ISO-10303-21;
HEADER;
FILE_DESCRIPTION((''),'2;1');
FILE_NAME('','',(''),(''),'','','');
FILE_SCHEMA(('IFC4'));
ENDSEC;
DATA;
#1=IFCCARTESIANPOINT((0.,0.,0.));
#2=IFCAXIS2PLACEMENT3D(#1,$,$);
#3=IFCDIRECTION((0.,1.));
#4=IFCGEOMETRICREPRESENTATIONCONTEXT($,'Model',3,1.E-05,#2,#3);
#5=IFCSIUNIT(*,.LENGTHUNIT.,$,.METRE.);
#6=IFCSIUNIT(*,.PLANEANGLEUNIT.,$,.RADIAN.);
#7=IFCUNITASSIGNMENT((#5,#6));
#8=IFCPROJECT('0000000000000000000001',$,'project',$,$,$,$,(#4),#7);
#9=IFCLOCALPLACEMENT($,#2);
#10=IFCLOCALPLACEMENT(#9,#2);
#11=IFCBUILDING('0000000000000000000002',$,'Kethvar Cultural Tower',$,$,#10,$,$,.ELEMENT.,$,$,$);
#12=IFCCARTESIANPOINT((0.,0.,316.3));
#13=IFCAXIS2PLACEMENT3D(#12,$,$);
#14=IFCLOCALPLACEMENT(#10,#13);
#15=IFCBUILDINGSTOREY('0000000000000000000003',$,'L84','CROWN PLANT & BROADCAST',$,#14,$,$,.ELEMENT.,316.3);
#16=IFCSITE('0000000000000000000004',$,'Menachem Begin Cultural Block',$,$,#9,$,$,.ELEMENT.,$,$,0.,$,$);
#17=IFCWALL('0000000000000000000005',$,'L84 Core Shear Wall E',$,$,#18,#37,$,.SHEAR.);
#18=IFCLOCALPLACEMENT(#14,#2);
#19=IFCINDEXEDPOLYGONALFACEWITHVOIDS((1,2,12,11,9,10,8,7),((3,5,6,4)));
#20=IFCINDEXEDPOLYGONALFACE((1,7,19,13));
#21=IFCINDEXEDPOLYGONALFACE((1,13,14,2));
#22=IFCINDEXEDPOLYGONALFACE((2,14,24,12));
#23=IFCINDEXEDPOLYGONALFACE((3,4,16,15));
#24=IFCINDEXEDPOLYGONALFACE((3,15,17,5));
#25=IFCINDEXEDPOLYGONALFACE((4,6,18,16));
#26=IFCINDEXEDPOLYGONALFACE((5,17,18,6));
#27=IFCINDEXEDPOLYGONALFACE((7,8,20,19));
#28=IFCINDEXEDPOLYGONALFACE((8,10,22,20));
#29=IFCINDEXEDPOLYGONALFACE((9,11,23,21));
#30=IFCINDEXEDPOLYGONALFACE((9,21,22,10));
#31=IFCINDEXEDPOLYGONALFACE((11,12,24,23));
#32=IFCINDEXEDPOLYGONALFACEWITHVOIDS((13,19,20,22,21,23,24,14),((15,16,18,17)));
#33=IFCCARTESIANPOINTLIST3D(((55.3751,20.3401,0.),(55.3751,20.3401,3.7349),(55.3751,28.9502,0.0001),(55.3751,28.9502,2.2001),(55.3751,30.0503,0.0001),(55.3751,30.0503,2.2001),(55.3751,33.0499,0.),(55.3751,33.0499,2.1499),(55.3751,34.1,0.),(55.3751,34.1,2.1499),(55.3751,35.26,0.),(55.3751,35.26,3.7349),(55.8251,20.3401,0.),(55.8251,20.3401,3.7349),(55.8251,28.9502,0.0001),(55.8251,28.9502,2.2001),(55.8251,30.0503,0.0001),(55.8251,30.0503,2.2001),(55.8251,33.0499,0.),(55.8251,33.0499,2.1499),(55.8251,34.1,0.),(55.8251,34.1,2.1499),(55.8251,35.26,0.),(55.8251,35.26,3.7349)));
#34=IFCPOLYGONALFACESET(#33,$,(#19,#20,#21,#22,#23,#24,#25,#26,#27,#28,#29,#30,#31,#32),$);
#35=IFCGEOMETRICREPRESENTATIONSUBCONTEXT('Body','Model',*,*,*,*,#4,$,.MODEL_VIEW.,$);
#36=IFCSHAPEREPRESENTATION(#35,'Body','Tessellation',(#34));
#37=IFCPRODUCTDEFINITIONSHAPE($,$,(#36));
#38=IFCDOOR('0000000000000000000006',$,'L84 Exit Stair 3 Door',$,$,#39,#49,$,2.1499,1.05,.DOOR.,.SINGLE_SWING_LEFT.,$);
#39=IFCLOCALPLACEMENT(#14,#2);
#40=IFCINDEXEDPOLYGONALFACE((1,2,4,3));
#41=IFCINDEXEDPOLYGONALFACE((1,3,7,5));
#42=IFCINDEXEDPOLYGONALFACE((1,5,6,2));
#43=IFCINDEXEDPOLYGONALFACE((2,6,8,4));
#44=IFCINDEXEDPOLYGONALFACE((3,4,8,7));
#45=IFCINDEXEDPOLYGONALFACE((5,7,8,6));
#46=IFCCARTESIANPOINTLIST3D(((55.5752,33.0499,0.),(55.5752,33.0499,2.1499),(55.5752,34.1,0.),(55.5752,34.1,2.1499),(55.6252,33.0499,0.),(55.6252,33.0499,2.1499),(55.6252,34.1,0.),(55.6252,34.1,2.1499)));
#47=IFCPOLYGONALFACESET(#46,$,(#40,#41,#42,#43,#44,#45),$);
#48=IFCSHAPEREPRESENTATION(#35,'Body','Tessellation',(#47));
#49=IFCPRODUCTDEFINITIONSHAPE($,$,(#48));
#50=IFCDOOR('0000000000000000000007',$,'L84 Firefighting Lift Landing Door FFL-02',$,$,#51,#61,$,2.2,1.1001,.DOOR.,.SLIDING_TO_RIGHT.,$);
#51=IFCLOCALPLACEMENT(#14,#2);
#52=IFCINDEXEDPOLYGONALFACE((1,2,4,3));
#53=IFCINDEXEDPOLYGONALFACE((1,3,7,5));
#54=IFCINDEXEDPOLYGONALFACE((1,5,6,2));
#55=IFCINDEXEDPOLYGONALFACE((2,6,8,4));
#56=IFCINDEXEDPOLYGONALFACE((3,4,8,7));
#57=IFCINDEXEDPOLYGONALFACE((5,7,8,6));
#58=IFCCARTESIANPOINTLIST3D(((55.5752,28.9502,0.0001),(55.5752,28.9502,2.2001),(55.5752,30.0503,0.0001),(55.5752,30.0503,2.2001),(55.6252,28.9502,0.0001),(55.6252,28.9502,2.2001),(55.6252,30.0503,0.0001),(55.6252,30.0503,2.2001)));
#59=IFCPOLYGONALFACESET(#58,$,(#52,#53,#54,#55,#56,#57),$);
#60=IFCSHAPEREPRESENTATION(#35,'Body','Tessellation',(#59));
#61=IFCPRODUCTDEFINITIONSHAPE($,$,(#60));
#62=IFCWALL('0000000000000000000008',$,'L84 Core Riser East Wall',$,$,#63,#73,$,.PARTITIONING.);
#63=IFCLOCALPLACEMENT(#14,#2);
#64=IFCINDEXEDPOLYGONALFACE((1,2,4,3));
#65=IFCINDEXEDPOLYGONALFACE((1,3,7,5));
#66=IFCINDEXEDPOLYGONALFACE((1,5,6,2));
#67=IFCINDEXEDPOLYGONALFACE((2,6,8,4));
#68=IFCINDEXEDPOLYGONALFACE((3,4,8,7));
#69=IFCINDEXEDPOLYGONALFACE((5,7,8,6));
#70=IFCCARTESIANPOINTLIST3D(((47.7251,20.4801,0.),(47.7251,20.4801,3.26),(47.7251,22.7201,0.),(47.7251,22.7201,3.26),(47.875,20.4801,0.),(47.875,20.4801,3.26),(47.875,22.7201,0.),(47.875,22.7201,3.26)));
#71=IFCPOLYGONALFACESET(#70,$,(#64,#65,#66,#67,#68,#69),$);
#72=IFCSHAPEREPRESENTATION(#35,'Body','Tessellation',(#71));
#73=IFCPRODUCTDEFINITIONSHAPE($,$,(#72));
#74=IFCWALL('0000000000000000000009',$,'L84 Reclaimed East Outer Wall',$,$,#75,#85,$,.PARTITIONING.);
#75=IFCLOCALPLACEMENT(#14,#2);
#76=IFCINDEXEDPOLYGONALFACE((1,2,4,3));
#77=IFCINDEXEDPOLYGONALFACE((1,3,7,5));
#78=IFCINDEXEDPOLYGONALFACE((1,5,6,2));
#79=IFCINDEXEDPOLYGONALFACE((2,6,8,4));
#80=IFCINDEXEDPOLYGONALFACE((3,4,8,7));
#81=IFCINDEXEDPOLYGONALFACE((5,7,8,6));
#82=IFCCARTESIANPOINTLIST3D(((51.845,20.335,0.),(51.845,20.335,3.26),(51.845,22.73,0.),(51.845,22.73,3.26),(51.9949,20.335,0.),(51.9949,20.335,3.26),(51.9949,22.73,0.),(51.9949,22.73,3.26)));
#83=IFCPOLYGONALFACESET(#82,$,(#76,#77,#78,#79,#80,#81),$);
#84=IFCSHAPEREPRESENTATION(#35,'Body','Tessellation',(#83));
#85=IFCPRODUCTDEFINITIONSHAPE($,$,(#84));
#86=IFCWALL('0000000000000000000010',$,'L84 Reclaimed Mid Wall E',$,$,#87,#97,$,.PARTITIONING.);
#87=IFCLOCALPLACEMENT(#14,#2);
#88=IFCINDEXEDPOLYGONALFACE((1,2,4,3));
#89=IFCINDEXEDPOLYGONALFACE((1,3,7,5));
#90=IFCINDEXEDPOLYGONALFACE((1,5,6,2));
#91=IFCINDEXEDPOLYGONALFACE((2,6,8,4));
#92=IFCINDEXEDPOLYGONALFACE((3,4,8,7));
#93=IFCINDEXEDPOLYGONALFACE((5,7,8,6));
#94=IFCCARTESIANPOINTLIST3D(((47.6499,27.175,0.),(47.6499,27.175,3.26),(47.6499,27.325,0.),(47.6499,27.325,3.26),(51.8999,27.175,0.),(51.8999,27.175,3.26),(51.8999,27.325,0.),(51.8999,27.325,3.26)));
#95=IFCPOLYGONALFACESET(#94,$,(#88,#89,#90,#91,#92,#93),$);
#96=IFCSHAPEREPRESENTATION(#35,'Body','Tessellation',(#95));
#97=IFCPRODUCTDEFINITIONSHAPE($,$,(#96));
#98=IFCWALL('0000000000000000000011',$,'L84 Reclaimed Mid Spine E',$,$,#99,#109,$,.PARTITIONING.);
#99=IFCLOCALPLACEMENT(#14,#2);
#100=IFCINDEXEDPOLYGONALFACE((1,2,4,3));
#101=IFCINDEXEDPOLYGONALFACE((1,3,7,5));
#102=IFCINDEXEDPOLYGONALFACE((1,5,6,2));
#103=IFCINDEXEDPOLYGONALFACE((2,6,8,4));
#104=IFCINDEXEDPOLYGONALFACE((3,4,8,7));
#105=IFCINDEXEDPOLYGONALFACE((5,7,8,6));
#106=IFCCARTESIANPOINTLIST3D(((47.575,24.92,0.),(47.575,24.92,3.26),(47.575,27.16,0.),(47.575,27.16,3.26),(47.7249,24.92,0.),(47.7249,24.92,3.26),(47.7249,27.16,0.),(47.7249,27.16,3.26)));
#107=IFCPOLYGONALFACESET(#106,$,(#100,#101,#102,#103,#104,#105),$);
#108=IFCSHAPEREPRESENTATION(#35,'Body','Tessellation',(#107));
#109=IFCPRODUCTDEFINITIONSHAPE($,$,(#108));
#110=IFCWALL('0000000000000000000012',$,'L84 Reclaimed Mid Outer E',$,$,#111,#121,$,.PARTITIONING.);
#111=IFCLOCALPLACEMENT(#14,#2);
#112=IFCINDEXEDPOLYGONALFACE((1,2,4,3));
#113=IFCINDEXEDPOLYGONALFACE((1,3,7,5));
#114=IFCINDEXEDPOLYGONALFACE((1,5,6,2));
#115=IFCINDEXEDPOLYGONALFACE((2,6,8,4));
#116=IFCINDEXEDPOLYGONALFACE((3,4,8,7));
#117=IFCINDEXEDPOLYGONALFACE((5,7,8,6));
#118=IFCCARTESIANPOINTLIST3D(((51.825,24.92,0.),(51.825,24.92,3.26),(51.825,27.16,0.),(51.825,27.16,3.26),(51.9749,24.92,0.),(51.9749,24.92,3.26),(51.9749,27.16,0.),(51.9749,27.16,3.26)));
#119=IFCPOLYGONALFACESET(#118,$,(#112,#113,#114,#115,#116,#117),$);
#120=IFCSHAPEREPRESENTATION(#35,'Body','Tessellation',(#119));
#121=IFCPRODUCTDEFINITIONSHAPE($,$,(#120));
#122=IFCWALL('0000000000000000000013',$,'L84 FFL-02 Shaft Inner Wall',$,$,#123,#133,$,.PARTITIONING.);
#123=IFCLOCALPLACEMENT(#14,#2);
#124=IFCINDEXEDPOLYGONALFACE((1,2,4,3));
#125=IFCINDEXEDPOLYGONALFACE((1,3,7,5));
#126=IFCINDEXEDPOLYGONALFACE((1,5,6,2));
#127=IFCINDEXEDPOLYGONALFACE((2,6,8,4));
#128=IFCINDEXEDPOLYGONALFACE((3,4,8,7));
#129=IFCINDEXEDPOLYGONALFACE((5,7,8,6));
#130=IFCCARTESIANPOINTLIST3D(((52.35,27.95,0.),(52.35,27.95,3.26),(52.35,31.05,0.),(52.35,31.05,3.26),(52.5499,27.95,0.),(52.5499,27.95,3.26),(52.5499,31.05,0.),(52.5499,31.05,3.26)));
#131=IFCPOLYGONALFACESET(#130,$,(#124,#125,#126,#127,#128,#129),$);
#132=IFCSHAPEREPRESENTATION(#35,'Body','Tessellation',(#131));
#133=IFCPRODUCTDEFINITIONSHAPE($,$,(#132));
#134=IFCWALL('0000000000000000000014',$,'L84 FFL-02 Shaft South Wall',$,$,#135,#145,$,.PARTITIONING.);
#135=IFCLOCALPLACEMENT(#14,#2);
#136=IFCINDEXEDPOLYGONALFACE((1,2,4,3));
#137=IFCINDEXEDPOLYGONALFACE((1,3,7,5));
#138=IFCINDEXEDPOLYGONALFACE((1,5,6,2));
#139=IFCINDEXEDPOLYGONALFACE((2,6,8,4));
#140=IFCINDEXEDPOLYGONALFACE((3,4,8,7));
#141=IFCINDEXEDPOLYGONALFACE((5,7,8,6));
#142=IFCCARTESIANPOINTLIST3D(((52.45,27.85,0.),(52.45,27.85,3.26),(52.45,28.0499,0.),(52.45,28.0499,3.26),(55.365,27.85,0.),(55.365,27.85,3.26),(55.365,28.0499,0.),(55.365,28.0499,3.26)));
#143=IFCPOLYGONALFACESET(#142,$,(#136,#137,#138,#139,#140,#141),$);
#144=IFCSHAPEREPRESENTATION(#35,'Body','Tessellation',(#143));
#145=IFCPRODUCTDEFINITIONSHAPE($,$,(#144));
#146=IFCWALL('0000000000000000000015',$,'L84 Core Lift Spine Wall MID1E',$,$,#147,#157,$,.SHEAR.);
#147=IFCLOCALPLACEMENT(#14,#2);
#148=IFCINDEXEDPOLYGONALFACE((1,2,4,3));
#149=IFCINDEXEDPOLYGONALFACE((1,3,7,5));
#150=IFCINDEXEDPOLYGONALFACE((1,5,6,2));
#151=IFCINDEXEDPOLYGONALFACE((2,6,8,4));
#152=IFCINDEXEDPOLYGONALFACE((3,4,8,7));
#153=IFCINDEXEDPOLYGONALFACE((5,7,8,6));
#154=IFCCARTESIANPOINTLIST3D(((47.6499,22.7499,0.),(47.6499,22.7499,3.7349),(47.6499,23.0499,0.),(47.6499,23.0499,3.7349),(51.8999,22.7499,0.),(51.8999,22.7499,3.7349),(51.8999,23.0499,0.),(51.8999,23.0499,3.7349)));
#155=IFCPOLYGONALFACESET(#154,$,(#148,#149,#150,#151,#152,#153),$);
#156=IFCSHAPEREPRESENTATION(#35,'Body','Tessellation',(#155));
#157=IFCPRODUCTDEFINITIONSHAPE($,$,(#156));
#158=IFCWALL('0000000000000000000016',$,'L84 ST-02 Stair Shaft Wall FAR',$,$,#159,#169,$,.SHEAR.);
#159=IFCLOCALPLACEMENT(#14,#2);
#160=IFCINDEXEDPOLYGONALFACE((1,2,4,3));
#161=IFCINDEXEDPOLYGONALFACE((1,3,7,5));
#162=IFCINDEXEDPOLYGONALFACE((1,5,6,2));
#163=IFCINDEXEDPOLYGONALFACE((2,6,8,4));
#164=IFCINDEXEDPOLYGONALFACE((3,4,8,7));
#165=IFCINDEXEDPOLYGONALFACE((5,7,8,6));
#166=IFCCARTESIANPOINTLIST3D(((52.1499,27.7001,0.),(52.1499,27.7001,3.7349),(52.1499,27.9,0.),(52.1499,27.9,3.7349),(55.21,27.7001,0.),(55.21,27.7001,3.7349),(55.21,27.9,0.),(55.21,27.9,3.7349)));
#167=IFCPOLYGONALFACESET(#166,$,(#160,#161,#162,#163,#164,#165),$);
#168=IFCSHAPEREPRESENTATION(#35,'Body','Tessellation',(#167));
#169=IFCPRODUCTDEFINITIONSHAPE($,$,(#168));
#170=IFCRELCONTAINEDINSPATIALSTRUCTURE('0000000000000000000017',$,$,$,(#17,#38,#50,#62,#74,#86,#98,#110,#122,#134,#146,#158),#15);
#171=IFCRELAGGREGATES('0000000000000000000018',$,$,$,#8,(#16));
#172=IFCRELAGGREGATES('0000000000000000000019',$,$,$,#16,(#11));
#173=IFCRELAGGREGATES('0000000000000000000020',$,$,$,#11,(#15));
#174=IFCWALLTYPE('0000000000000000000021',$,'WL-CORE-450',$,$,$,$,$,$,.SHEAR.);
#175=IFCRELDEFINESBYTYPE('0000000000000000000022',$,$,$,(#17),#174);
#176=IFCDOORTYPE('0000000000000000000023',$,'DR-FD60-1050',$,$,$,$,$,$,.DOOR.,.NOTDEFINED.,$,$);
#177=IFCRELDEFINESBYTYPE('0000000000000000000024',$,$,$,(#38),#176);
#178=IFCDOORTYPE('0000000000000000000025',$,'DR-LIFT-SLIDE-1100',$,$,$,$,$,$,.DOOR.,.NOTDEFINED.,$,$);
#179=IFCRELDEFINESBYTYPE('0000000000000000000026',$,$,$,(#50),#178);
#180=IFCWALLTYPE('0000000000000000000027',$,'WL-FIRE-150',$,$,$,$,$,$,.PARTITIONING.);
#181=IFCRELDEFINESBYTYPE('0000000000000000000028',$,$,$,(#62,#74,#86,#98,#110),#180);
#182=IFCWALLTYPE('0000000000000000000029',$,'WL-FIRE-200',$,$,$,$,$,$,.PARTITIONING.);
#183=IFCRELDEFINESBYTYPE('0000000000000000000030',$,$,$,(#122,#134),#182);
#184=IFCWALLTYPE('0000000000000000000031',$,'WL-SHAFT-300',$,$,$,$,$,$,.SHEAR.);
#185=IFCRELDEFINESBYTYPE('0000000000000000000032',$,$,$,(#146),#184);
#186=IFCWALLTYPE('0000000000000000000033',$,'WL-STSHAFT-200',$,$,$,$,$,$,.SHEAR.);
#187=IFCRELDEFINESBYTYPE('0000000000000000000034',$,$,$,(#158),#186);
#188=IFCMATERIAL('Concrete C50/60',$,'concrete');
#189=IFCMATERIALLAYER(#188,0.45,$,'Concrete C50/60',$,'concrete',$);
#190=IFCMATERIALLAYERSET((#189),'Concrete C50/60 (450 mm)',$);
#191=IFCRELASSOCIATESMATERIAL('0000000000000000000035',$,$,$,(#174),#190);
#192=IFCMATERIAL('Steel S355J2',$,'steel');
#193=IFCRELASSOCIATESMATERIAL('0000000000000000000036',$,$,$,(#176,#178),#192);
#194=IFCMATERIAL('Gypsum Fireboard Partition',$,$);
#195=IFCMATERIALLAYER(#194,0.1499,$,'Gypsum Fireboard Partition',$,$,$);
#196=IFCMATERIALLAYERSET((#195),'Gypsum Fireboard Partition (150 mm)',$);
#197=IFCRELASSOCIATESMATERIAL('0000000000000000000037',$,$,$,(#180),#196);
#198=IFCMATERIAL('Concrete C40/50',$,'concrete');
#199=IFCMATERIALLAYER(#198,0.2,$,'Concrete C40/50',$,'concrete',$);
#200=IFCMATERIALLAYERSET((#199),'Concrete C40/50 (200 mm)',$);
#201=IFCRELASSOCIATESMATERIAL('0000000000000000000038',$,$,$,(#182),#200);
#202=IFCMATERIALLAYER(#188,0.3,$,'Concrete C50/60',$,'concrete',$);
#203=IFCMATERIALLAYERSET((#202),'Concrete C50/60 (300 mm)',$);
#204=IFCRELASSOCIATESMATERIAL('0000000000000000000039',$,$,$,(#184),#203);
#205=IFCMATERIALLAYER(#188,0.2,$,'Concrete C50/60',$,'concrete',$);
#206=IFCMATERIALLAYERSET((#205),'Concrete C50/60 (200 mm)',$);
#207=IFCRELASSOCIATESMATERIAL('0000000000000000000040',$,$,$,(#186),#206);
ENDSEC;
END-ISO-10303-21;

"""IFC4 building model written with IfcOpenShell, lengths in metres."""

from ifc_helpers import new_model, si_unit, direction, frame, frame_2d, origin, place, context, subcontext, project, spatial, rectangle, extrude, source, transform, mapped, material, layer, layer_set, type_object, element, fill, save


model = new_model("IFC4")

# Units and contexts
model_context = context("Model", 3, precision=1e-05, world=origin(), true_north=direction((0.0, 1.0)))
body_context = subcontext(model_context, "Body", "Model", "MODEL_VIEW")
ifc_project = project(units=[si_unit("LENGTHUNIT", "METRE"), si_unit("PLANEANGLEUNIT", "RADIAN")], contexts=[model_context])

# Site, building, storey
site_placement = place(None, origin())
site = spatial("IfcSite", under=ifc_project, at=site_placement, Name="Menachem Begin Cultural Block", CompositionType="ELEMENT", RefElevation=0.0)
building_placement = place(site_placement, origin())
building = spatial("IfcBuilding", under=site, at=building_placement, Name="Kethvar Cultural Tower", CompositionType="ELEMENT")
storey_placement = place(building_placement, frame((0.0, 0.0, 316.3)))
storey = spatial("IfcBuildingStorey", under=building, at=storey_placement, Name="L84", Description="CROWN PLANT & BROADCAST", CompositionType="ELEMENT", Elevation=316.3)

# Shared definitions
ifc_material_1 = material(Name="Steel S355J2", Category="steel")

# Wall, openings, doors
ifc_material_2 = material(Name="Concrete C50/60", Category="concrete")
ifc_layer_1 = layer(ifc_material_2, 0.45, Name="Concrete C50/60", Category="concrete")
ifc_layer_set_1 = layer_set([ifc_layer_1], Name="Concrete C50/60 (450 mm)")
wall_type_1 = type_object("IfcWallType", Name="WL-CORE-450", PredefinedType="SHEAR", material=ifc_layer_set_1)
wall_1_placement = place(storey_placement, frame((55.6001, 20.3401, 0.0), z_axis=(0.0, 0.0, 1.0), x_axis=(0.0, 1.0, 0.0)))
wall_1 = element("IfcWall", 1, at=wall_1_placement, inside=storey, type_object=wall_type_1, Name="L84 Core Shear Wall E", PredefinedType="SHEAR", context=body_context, shape_type="SweptSolid", body=[
    extrude(rectangle(XDim=14.9199, YDim=0.45, at=frame_2d((7.46, 0.0))), origin(), (0.0, 0.0, 1.0), 3.7349),
])
opening_1_placement = place(wall_1_placement, frame((12.71, 0.0, 0.0)))
opening_1 = element("IfcOpeningElement", 2, at=opening_1_placement, cuts=wall_1, PredefinedType="OPENING", context=body_context, shape_type="SweptSolid", body=[
    extrude(rectangle(XDim=1.05, YDim=2.1499, at=frame_2d((0.5249, 1.075))), frame((0.0, 0.2349, 0.0), z_axis=(0.0, -1.0, 0.0), x_axis=(1.0, 0.0, 0.0)), (0.0, 0.0, 1.0), 0.47),
])
opening_2_placement = place(wall_1_placement, frame((8.6101, 0.0, 0.0)))
opening_2 = element("IfcOpeningElement", 3, at=opening_2_placement, cuts=wall_1, PredefinedType="OPENING", context=body_context, shape_type="SweptSolid", body=[
    extrude(rectangle(XDim=1.1001, YDim=2.2, at=frame_2d((0.55, 1.1001))), frame((0.0, 0.2349, 0.0), z_axis=(0.0, -1.0, 0.0), x_axis=(1.0, 0.0, 0.0)), (0.0, 0.0, 1.0), 0.47),
])
door_type_1 = type_object("IfcDoorType", Name="DR-FD60-1050", OperationType="NOTDEFINED", PredefinedType="DOOR", material=ifc_material_1)
shared_shape_1 = source(origin(), body_context, "Body", "SweptSolid", [
    extrude(rectangle(XDim=1.05, YDim=2.1499, at=frame_2d((0.5249, 1.075))), frame((0.0, 0.0249, 0.0), z_axis=(0.0, -1.0, 0.0), x_axis=(1.0, 0.0, 0.0)), (0.0, 0.0, 1.0), 0.05),
])
door_1_placement = place(opening_1_placement, origin())
door_1 = element("IfcDoor", 4, at=door_1_placement, inside=storey, type_object=door_type_1, Name="L84 Exit Stair 3 Door", OperationType="SINGLE_SWING_LEFT", OverallHeight=2.1499, OverallWidth=1.05, PredefinedType="DOOR", context=body_context, shape_type="MappedRepresentation", body=[
    mapped(shared_shape_1, transform((0.0, 0.0, 0.0), scale=1.0)),
])
fill(opening_1, door_1)
door_type_2 = type_object("IfcDoorType", Name="DR-LIFT-SLIDE-1100", OperationType="NOTDEFINED", PredefinedType="DOOR", material=ifc_material_1)
shared_shape_2 = source(origin(), body_context, "Body", "SweptSolid", [
    extrude(rectangle(XDim=1.1001, YDim=2.2, at=frame_2d((0.55, 1.1001))), frame((0.0, 0.0249, 0.0), z_axis=(0.0, -1.0, 0.0), x_axis=(1.0, 0.0, 0.0)), (0.0, 0.0, 1.0), 0.05),
])
door_2_placement = place(opening_2_placement, origin())
door_2 = element("IfcDoor", 5, at=door_2_placement, inside=storey, type_object=door_type_2, Name="L84 Firefighting Lift Landing Door FFL-02", OperationType="SLIDING_TO_RIGHT", OverallHeight=2.2, OverallWidth=1.1001, PredefinedType="DOOR", context=body_context, shape_type="MappedRepresentation", body=[
    mapped(shared_shape_2, transform((0.0, 0.0, 0.0), scale=1.0)),
])
fill(opening_2, door_2)

# Walls
ifc_material_3 = material(Name="Gypsum Fireboard Partition")
ifc_layer_2 = layer(ifc_material_3, 0.1499, Name="Gypsum Fireboard Partition")
ifc_layer_set_2 = layer_set([ifc_layer_2], Name="Gypsum Fireboard Partition (150 mm)")
wall_type_2 = type_object("IfcWallType", Name="WL-FIRE-150", PredefinedType="PARTITIONING", material=ifc_layer_set_2)
wall_2_placement = place(storey_placement, frame((47.8, 20.48, 0.0), z_axis=(0.0, 0.0, 1.0), x_axis=(0.0, 1.0, 0.0)))
element("IfcWall", 6, at=wall_2_placement, inside=storey, type_object=wall_type_2, Name="L84 Core Riser East Wall", PredefinedType="PARTITIONING", context=body_context, shape_type="SweptSolid", body=[
    extrude(rectangle(XDim=2.24, YDim=0.1499, at=frame_2d((1.1201, 0.0))), origin(), (0.0, 0.0, 1.0), 3.26),
])
wall_3_placement = place(storey_placement, frame((51.9199, 20.335, 0.0), z_axis=(0.0, 0.0, 1.0), x_axis=(0.0, 1.0, 0.0)))
element("IfcWall", 7, at=wall_3_placement, inside=storey, type_object=wall_type_2, Name="L84 Reclaimed East Outer Wall", PredefinedType="PARTITIONING", context=body_context, shape_type="SweptSolid", body=[
    extrude(rectangle(XDim=2.395, YDim=0.1499, at=frame_2d((1.1975, 0.0))), origin(), (0.0, 0.0, 1.0), 3.26),
])
wall_4_placement = place(storey_placement, frame((47.6499, 27.25, 0.0), z_axis=(0.0, 0.0, 1.0), x_axis=(1.0, 0.0, 0.0)))
element("IfcWall", 8, at=wall_4_placement, inside=storey, type_object=wall_type_2, Name="L84 Reclaimed Mid Wall E", PredefinedType="PARTITIONING", context=body_context, shape_type="SweptSolid", body=[
    extrude(rectangle(XDim=4.25, YDim=0.1499, at=frame_2d((2.125, 0.0))), origin(), (0.0, 0.0, 1.0), 3.26),
])
for number, where, z_axis, x_axis, name in (
    (9, (47.6499, 24.9199, 0.0), (0.0, 0.0, 1.0), (0.0, 1.0, 0.0), "L84 Reclaimed Mid Spine E"),
    (10, (51.8999, 24.9199, 0.0), (0.0, 0.0, 1.0), (0.0, 1.0, 0.0), "L84 Reclaimed Mid Outer E"),
):
    element("IfcWall", number, at=place(storey_placement, frame(where, z_axis=z_axis, x_axis=x_axis)), inside=storey, type_object=wall_type_2, Name=name, PredefinedType="PARTITIONING", context=body_context, shape_type="SweptSolid", body=[
        extrude(rectangle(XDim=2.24, YDim=0.1499, at=frame_2d((1.1201, 0.0))), origin(), (0.0, 0.0, 1.0), 3.26),
    ])
ifc_material_4 = material(Name="Concrete C40/50", Category="concrete")
ifc_layer_3 = layer(ifc_material_4, 0.2, Name="Concrete C40/50", Category="concrete")
ifc_layer_set_3 = layer_set([ifc_layer_3], Name="Concrete C40/50 (200 mm)")
wall_type_3 = type_object("IfcWallType", Name="WL-FIRE-200", PredefinedType="PARTITIONING", material=ifc_layer_set_3)
wall_5_placement = place(storey_placement, frame((52.45, 27.95, 0.0), z_axis=(0.0, 0.0, 1.0), x_axis=(0.0, 1.0, 0.0)))
element("IfcWall", 11, at=wall_5_placement, inside=storey, type_object=wall_type_3, Name="L84 FFL-02 Shaft Inner Wall", PredefinedType="PARTITIONING", context=body_context, shape_type="SweptSolid", body=[
    extrude(rectangle(XDim=3.1001, YDim=0.2, at=frame_2d((1.55, 0.0))), origin(), (0.0, 0.0, 1.0), 3.26),
])
wall_6_placement = place(storey_placement, frame((52.45, 27.95, 0.0), z_axis=(0.0, 0.0, 1.0), x_axis=(1.0, 0.0, 0.0)))
element("IfcWall", 12, at=wall_6_placement, inside=storey, type_object=wall_type_3, Name="L84 FFL-02 Shaft South Wall", PredefinedType="PARTITIONING", context=body_context, shape_type="SweptSolid", body=[
    extrude(rectangle(XDim=2.915, YDim=0.2, at=frame_2d((1.4575, 0.0))), origin(), (0.0, 0.0, 1.0), 3.26),
])
ifc_layer_4 = layer(ifc_material_2, 0.3, Name="Concrete C50/60", Category="concrete")
ifc_layer_set_4 = layer_set([ifc_layer_4], Name="Concrete C50/60 (300 mm)")
wall_type_4 = type_object("IfcWallType", Name="WL-SHAFT-300", PredefinedType="SHEAR", material=ifc_layer_set_4)
wall_7_placement = place(storey_placement, frame((47.6499, 22.8999, 0.0), z_axis=(0.0, 0.0, 1.0), x_axis=(1.0, 0.0, 0.0)))
element("IfcWall", 13, at=wall_7_placement, inside=storey, type_object=wall_type_4, Name="L84 Core Lift Spine Wall MID1E", PredefinedType="SHEAR", context=body_context, shape_type="SweptSolid", body=[
    extrude(rectangle(XDim=4.25, YDim=0.3, at=frame_2d((2.125, 0.0))), origin(), (0.0, 0.0, 1.0), 3.7349),
])

# Wall
ifc_layer_5 = layer(ifc_material_2, 0.2, Name="Concrete C50/60", Category="concrete")
ifc_layer_set_5 = layer_set([ifc_layer_5], Name="Concrete C50/60 (200 mm)")
wall_type_5 = type_object("IfcWallType", Name="WL-STSHAFT-200", PredefinedType="SHEAR", material=ifc_layer_set_5)
wall_8_placement = place(storey_placement, frame((52.1499, 27.8, 0.0), z_axis=(0.0, 0.0, 1.0), x_axis=(1.0, 0.0, 0.0)))
element("IfcWall", 14, at=wall_8_placement, inside=storey, type_object=wall_type_5, Name="L84 ST-02 Stair Shaft Wall FAR", PredefinedType="SHEAR", context=body_context, shape_type="SweptSolid", body=[
    extrude(rectangle(XDim=3.0601, YDim=0.2, at=frame_2d((1.53, 0.0))), origin(), (0.0, 0.0, 1.0), 3.7349),
])

save(model, "model.ifc")
